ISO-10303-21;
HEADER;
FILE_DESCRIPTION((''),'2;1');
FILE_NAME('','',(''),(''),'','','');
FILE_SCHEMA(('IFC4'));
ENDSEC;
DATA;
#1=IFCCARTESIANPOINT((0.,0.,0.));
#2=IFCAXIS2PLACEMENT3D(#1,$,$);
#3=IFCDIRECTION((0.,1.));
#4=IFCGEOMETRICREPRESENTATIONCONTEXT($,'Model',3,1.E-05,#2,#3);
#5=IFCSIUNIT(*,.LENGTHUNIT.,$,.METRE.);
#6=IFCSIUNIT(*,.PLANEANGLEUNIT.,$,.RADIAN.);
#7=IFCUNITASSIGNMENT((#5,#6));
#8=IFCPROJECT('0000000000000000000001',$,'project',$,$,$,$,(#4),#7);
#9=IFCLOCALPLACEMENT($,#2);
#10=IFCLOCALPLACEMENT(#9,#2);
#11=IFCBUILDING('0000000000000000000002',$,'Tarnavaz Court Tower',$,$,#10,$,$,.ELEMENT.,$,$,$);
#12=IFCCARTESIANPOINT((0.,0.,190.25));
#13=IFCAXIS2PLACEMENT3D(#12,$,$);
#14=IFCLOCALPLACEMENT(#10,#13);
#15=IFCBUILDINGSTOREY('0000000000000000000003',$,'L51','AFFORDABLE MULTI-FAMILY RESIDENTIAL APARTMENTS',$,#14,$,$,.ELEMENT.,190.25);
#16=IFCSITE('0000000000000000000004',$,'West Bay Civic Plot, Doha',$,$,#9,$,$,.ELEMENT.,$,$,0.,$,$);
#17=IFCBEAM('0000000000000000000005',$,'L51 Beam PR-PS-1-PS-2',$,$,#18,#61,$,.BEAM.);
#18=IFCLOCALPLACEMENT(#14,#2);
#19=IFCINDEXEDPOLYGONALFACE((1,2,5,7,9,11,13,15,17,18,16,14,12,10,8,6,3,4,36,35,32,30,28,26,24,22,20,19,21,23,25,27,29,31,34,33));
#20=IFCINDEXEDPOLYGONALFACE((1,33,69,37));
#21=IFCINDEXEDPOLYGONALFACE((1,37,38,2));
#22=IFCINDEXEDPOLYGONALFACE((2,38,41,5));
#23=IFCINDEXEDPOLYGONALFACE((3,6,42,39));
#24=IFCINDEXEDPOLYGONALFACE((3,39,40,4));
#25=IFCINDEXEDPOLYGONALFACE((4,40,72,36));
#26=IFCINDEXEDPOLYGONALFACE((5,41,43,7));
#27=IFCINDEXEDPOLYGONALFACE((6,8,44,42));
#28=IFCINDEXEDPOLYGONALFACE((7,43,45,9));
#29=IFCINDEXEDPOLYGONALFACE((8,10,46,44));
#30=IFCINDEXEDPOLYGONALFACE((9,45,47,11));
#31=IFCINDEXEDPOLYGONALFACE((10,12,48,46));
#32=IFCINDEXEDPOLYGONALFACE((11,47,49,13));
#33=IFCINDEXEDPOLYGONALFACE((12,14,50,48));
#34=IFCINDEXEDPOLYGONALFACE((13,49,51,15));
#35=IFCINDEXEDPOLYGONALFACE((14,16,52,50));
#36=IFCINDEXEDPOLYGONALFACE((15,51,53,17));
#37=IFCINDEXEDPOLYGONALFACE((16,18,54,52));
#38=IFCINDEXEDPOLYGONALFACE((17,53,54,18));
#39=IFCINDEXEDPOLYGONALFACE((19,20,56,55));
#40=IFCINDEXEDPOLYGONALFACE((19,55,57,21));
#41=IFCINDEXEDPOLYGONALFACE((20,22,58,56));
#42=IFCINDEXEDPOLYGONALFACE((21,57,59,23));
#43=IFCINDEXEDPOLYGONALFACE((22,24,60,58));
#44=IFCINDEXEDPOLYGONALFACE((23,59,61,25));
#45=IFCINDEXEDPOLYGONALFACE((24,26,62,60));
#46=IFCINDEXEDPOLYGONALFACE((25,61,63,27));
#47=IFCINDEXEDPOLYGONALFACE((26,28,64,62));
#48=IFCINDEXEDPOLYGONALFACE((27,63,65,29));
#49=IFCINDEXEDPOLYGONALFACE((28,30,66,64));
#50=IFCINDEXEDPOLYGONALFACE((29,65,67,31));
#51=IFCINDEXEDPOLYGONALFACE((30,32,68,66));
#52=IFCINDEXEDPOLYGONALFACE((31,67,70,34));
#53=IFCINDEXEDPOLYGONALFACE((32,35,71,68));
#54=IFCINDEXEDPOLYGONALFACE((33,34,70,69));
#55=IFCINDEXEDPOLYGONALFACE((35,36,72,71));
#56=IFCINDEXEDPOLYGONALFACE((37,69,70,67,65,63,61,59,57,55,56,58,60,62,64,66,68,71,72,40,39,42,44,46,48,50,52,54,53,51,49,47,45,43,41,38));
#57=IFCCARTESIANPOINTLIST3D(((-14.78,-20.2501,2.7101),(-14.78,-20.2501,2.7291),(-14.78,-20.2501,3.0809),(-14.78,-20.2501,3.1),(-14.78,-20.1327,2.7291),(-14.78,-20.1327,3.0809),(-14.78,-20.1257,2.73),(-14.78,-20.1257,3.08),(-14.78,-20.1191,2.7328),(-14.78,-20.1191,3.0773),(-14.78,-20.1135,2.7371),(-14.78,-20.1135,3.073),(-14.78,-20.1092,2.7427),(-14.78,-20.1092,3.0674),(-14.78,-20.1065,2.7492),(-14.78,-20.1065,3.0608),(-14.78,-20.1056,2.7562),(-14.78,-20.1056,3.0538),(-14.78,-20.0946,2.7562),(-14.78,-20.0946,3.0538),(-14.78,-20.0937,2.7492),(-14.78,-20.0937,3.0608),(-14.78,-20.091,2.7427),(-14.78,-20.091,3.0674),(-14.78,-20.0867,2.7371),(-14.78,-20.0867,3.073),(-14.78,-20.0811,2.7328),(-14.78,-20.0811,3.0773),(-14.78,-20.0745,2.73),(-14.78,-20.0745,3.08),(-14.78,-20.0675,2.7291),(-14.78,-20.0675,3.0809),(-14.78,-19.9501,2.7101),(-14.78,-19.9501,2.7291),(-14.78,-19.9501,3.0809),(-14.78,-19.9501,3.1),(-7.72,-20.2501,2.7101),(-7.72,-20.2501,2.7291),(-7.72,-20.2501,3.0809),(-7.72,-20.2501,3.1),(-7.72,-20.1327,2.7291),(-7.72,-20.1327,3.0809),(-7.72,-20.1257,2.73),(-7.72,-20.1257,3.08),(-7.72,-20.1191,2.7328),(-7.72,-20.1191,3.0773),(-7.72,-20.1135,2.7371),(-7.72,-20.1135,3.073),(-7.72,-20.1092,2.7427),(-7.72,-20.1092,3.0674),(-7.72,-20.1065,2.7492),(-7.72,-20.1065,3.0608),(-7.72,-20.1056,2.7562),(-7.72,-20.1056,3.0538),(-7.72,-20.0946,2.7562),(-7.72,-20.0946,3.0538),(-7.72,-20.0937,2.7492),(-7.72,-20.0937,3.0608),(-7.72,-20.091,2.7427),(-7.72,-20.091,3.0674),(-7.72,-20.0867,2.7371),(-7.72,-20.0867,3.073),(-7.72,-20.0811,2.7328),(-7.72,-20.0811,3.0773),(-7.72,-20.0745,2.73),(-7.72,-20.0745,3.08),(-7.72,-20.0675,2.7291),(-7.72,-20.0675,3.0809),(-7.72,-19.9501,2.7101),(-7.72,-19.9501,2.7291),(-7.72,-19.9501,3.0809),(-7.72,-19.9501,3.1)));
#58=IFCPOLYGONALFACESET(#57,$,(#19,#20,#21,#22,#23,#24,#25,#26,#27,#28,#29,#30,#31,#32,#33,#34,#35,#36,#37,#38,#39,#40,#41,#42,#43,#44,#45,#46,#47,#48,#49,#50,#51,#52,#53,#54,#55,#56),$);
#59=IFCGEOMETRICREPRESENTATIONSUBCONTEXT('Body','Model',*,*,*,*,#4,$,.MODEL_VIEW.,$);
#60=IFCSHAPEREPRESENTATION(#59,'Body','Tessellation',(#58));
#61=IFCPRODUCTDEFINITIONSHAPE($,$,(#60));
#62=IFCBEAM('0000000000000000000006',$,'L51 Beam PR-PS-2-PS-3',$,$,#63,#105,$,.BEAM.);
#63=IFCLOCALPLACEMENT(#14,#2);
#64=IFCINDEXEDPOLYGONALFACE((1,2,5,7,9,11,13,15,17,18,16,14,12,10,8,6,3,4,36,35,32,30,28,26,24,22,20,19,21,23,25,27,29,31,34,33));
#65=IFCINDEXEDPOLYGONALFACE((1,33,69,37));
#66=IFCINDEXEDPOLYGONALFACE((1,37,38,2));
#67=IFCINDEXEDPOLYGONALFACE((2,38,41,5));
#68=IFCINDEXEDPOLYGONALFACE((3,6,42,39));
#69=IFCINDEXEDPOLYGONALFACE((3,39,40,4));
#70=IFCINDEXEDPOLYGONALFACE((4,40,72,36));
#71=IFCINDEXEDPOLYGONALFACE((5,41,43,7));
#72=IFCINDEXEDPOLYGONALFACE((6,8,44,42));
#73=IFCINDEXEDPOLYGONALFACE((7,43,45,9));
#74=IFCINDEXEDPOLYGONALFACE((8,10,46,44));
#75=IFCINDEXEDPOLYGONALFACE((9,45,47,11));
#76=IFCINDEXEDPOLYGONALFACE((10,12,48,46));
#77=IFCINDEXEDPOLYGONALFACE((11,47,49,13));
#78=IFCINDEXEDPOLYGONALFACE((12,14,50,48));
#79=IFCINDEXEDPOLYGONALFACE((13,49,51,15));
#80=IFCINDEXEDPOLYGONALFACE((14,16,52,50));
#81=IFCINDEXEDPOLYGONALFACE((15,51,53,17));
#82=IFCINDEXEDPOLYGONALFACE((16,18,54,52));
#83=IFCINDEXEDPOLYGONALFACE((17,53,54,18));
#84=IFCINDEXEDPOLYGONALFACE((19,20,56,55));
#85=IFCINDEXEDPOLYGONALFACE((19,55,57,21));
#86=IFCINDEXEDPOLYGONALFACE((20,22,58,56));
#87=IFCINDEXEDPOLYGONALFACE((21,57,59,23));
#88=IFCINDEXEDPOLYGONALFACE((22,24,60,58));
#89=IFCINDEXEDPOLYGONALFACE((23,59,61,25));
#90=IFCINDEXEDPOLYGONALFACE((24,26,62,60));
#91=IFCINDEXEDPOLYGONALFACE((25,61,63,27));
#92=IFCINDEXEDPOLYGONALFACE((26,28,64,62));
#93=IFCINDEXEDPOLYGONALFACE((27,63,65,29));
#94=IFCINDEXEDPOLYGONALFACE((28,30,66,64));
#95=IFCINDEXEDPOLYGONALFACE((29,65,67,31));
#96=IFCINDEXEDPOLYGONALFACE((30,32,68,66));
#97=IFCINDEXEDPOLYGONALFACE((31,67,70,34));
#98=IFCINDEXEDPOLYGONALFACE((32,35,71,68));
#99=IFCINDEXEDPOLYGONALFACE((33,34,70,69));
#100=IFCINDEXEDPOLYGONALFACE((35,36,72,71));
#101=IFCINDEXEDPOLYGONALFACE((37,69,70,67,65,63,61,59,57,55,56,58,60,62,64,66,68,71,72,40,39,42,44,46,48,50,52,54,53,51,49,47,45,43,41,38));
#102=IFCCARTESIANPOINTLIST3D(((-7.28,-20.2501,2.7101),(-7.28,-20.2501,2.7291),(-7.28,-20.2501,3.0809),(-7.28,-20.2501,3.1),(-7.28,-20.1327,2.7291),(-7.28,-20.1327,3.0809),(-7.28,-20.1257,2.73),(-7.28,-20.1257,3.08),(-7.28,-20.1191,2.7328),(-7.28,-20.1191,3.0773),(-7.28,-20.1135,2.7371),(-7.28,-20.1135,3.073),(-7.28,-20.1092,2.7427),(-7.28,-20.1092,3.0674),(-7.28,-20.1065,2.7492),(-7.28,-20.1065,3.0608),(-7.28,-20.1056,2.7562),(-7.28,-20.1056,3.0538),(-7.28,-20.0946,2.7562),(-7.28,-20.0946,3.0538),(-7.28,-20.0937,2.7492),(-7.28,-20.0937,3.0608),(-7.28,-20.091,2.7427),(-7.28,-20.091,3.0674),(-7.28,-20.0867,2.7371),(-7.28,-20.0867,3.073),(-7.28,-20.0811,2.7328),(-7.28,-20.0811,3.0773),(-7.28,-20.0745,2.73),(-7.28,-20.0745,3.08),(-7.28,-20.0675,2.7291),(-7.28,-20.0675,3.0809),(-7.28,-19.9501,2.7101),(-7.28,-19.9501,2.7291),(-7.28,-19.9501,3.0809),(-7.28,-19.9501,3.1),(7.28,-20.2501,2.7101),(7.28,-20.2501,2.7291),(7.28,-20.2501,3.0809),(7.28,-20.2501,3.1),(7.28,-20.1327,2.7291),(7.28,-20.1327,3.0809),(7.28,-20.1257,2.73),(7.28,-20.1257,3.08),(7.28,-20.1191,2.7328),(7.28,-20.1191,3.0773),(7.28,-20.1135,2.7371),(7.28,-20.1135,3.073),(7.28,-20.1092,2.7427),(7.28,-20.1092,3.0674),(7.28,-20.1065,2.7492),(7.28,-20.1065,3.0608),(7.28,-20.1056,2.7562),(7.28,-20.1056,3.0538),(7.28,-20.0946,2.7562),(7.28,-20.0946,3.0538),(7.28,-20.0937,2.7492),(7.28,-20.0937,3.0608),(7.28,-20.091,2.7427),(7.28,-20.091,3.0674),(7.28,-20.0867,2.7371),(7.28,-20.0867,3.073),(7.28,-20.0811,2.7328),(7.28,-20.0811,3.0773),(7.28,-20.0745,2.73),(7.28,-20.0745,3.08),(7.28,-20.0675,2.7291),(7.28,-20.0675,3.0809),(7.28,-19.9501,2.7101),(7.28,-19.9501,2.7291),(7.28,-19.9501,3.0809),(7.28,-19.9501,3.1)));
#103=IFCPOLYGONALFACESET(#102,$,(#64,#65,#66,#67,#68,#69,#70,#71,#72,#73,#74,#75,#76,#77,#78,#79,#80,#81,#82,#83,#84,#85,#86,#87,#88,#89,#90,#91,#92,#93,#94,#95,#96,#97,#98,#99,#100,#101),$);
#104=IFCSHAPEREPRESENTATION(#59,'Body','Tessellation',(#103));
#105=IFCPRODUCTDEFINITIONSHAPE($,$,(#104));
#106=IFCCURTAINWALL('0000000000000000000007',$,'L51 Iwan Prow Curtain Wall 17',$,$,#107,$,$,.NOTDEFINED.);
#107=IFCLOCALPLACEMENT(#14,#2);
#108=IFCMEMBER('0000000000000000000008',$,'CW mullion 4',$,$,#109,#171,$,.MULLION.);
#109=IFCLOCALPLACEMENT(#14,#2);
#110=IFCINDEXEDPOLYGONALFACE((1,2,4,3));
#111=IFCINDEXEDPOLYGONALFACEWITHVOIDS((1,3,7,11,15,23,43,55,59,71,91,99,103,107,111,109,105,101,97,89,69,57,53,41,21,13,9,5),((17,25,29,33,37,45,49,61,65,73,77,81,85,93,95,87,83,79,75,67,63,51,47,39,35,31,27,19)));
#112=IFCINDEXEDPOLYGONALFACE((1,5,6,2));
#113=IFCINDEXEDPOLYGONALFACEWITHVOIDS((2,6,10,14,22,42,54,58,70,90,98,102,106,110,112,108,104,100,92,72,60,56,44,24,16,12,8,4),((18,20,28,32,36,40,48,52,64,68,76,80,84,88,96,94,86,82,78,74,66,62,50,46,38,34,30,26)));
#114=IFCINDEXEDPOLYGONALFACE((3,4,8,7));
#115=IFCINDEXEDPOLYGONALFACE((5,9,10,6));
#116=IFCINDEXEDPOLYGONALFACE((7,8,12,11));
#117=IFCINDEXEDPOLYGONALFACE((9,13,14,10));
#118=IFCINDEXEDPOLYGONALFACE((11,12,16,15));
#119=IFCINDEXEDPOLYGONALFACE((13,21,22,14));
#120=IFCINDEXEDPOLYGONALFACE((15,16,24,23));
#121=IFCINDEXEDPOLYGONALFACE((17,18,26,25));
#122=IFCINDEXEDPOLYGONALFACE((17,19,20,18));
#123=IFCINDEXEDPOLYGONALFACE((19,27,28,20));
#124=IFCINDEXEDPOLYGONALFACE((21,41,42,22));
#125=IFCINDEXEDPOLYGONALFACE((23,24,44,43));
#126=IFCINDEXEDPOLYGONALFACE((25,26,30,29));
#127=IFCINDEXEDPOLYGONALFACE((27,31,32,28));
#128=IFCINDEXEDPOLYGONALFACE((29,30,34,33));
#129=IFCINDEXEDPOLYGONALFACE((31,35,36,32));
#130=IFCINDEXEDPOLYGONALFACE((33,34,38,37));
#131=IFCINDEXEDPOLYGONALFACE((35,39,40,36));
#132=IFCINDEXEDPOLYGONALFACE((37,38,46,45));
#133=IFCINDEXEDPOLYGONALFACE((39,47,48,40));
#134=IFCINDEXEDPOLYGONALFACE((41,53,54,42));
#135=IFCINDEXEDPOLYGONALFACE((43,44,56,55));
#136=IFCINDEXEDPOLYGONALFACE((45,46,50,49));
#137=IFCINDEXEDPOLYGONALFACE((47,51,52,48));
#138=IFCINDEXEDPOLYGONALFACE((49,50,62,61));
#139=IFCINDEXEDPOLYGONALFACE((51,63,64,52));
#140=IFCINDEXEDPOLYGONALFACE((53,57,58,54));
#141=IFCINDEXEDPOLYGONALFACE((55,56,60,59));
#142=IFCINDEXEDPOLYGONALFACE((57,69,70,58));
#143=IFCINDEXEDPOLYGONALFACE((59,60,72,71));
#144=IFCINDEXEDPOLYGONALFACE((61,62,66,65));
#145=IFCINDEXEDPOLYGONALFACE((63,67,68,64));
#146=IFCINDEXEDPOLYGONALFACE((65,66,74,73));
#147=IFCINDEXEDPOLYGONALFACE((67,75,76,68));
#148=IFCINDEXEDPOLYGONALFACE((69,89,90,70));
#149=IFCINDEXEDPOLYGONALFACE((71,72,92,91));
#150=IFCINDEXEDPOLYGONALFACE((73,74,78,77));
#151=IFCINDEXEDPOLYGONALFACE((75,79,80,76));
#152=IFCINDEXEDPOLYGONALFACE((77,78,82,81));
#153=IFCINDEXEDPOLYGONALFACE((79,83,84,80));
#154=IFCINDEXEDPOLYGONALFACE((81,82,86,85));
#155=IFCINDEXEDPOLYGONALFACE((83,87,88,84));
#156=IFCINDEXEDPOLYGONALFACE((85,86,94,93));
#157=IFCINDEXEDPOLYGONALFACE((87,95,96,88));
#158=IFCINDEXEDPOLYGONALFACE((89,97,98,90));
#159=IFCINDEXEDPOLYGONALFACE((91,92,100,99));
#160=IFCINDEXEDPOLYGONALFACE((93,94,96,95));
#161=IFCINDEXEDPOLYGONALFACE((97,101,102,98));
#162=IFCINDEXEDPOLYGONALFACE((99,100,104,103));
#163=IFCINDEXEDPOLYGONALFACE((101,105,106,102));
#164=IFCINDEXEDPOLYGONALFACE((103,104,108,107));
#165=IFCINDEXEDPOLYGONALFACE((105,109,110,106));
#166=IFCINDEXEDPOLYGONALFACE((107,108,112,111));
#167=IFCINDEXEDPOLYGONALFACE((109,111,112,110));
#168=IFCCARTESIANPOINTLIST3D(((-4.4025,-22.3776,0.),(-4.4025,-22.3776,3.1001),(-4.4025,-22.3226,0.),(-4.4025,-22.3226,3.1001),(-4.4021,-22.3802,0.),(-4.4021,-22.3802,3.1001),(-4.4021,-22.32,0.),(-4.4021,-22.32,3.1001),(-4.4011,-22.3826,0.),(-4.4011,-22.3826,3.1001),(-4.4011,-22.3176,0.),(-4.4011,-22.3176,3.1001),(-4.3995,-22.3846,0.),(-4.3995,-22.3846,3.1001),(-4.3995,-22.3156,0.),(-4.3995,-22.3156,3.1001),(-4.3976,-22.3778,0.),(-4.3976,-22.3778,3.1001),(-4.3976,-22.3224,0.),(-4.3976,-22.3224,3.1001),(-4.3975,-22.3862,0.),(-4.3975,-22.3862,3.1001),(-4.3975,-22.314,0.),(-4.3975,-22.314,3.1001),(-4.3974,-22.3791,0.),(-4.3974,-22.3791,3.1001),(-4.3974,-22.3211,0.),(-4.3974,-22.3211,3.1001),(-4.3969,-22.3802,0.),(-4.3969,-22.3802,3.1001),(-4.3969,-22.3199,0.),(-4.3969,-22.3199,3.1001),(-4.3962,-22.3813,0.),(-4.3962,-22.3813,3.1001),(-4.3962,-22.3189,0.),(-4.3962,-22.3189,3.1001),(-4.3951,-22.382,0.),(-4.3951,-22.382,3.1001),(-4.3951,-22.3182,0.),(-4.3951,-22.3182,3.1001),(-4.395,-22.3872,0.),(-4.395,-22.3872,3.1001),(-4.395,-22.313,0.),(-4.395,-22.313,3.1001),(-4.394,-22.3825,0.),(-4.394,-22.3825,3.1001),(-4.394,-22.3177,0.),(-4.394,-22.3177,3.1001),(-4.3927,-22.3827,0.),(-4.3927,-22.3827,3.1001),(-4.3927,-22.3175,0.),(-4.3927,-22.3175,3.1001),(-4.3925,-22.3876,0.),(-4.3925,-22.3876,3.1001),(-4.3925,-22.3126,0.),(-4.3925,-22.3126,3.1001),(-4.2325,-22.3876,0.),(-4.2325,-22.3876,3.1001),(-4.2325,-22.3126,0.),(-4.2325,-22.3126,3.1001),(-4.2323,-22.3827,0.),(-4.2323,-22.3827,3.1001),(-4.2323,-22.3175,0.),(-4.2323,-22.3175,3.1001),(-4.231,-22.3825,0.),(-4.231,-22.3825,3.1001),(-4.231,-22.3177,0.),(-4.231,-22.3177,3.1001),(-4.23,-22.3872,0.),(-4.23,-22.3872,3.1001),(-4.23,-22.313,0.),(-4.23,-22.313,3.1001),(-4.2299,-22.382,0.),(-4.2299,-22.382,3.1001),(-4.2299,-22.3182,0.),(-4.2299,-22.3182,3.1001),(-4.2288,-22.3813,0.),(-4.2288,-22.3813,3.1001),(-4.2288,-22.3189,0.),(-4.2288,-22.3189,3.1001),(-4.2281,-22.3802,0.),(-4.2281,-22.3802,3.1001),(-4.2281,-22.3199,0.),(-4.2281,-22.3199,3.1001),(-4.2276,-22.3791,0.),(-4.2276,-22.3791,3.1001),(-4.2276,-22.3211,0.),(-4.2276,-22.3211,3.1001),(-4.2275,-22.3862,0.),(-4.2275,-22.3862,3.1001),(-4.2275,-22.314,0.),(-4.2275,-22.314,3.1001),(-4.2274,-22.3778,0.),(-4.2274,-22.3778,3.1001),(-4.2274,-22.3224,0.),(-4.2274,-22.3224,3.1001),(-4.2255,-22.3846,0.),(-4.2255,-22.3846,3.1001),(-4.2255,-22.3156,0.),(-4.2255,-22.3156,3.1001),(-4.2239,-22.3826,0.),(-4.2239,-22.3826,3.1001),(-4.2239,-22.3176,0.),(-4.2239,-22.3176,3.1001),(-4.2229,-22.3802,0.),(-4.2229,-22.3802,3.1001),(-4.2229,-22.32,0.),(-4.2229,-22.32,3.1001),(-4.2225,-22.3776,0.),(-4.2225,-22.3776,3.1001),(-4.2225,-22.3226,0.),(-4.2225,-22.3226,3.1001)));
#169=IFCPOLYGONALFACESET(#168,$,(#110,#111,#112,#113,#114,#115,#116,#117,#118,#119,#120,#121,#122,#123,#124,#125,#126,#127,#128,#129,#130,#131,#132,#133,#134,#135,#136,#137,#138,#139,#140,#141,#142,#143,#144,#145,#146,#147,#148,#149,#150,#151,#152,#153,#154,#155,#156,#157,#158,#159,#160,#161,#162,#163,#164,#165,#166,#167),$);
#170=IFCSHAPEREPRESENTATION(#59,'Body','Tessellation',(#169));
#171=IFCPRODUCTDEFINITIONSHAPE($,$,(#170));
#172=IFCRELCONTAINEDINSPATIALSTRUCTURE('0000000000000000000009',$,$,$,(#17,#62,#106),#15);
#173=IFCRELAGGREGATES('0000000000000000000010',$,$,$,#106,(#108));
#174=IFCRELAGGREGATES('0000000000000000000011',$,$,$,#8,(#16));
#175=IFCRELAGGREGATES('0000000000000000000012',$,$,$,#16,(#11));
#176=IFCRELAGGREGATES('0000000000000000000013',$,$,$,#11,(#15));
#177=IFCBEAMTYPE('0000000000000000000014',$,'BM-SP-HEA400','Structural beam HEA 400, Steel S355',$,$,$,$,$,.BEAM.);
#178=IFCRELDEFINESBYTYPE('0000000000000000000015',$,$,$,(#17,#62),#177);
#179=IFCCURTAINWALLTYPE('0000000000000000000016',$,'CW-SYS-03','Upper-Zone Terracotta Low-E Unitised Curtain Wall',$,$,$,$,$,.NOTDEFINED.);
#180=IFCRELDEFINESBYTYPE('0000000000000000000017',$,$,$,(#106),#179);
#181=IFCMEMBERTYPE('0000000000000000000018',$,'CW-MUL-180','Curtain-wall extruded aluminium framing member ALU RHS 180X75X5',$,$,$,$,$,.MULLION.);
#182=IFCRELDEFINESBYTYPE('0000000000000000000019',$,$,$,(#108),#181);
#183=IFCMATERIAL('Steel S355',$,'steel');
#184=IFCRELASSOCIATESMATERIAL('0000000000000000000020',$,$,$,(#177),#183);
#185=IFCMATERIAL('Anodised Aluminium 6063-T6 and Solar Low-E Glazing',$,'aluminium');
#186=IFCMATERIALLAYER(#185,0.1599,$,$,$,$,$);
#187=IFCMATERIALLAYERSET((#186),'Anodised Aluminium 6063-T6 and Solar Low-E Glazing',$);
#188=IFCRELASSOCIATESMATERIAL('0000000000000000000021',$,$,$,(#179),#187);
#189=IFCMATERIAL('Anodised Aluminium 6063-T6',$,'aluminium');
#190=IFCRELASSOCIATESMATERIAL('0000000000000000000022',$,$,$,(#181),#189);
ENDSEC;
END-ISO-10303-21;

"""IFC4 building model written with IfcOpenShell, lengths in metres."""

from ifc_helpers import new_model, si_unit, direction, frame, origin, origin_2d, place, context, subcontext, project, spatial, hollow_rectangle, i_section, extrude, material, layer, layer_set, material_profile, profile_set, type_object, element, aggregate, save


model = new_model("IFC4")

# Units and contexts
model_context = context("Model", 3, precision=1e-05, world=origin(), true_north=direction((0.0, 1.0)))
body_context = subcontext(model_context, "Body", "Model", "MODEL_VIEW")
ifc_project = project(units=[si_unit("LENGTHUNIT", "METRE"), si_unit("PLANEANGLEUNIT", "RADIAN")], contexts=[model_context])

# Site, building, storey
site_placement = place(None, origin())
site = spatial("IfcSite", under=ifc_project, at=site_placement, Name="West Bay Civic Plot, Doha", CompositionType="ELEMENT", RefElevation=0.0)
building_placement = place(site_placement, origin())
building = spatial("IfcBuilding", under=site, at=building_placement, Name="Tarnavaz Court Tower", CompositionType="ELEMENT")
storey_placement = place(building_placement, frame((0.0, 0.0, 190.25)))
storey = spatial("IfcBuildingStorey", under=building, at=storey_placement, Name="L51", Description="AFFORDABLE MULTI-FAMILY RESIDENTIAL APARTMENTS", CompositionType="ELEMENT", Elevation=190.25)

# Beams
ifc_material_1 = material(Name="Steel S355", Category="steel")
ifc_material_profile_1 = material_profile(ifc_material_1, i_section(OverallWidth=0.3, OverallDepth=0.3899, WebThickness=0.011, FlangeThickness=0.019, FilletRadius=0.0271, at=origin_2d()), Name="HEA 400")
ifc_profile_set_1 = profile_set([ifc_material_profile_1], Name="Steel S355")
beam_type_1 = type_object("IfcBeamType", Name="BM-SP-HEA400", Description="Structural beam HEA 400, Steel S355", PredefinedType="BEAM", material=ifc_profile_set_1)
beam_1_placement = place(storey_placement, frame((-14.78, -20.1001, 2.905), z_axis=(1.0, 0.0, 0.0), x_axis=(0.0, 1.0, 0.0)))
element("IfcBeam", 1, at=beam_1_placement, inside=storey, type_object=beam_type_1, Name="L51 Beam PR-PS-1-PS-2", PredefinedType="BEAM", context=body_context, shape_type="SweptSolid", body=[
    extrude(i_section(OverallWidth=0.3, OverallDepth=0.3899, WebThickness=0.011, FlangeThickness=0.019, FilletRadius=0.0271, at=origin_2d()), origin(), (0.0, 0.0, 1.0), 7.0601),
])
beam_2_placement = place(storey_placement, frame((-7.28, -20.1001, 2.905), z_axis=(1.0, 0.0, 0.0), x_axis=(0.0, 1.0, 0.0)))
element("IfcBeam", 2, at=beam_2_placement, inside=storey, type_object=beam_type_1, Name="L51 Beam PR-PS-2-PS-3", PredefinedType="BEAM", context=body_context, shape_type="SweptSolid", body=[
    extrude(i_section(OverallWidth=0.3, OverallDepth=0.3899, WebThickness=0.011, FlangeThickness=0.019, FilletRadius=0.0271, at=origin_2d()), origin(), (0.0, 0.0, 1.0), 14.5601),
])

# Curtain wall, member
ifc_material_2 = material(Name="Anodised Aluminium 6063-T6 and Solar Low-E Glazing", Category="aluminium")
ifc_layer_1 = layer(ifc_material_2, 0.1599)
ifc_layer_set_1 = layer_set([ifc_layer_1], Name="Anodised Aluminium 6063-T6 and Solar Low-E Glazing")
curtain_wall_type = type_object("IfcCurtainWallType", Name="CW-SYS-03", Description="Upper-Zone Terracotta Low-E Unitised Curtain Wall", PredefinedType="NOTDEFINED", material=ifc_layer_set_1)
curtain_wall_placement = place(storey_placement, origin())
curtain_wall = element("IfcCurtainWall", 3, at=curtain_wall_placement, inside=storey, type_object=curtain_wall_type, Name="L51 Iwan Prow Curtain Wall 17", PredefinedType="NOTDEFINED")
ifc_material_3 = material(Name="Anodised Aluminium 6063-T6", Category="aluminium")
ifc_material_profile_2 = material_profile(ifc_material_3, hollow_rectangle(XDim=0.075, YDim=0.1799, WallThickness=0.0049, InnerFilletRadius=0.0049, OuterFilletRadius=0.01, at=origin_2d()), Name="ALU RHS 180X75X5")
ifc_profile_set_2 = profile_set([ifc_material_profile_2], Name="Anodised Aluminium 6063-T6")
member_type_1 = type_object("IfcMemberType", Name="CW-MUL-180", Description="Curtain-wall extruded aluminium framing member ALU RHS 180X75X5", PredefinedType="MULLION", material=ifc_profile_set_2)
member_1_placement = place(storey_placement, frame((-4.3125, -22.3501, 0.0), z_axis=(0.0, 0.0, 1.0), x_axis=(0.0, -1.0, 0.0)))
member_1 = element("IfcMember", 4, at=member_1_placement, type_object=member_type_1, Name="CW mullion 4", PredefinedType="MULLION", context=body_context, shape_type="SweptSolid", body=[
    extrude(hollow_rectangle(XDim=0.075, YDim=0.1799, WallThickness=0.0049, InnerFilletRadius=0.0049, OuterFilletRadius=0.01, at=origin_2d()), origin(), (0.0, 0.0, 1.0), 3.1001),
])
aggregate(curtain_wall, [member_1])

save(model, "model.ifc")
